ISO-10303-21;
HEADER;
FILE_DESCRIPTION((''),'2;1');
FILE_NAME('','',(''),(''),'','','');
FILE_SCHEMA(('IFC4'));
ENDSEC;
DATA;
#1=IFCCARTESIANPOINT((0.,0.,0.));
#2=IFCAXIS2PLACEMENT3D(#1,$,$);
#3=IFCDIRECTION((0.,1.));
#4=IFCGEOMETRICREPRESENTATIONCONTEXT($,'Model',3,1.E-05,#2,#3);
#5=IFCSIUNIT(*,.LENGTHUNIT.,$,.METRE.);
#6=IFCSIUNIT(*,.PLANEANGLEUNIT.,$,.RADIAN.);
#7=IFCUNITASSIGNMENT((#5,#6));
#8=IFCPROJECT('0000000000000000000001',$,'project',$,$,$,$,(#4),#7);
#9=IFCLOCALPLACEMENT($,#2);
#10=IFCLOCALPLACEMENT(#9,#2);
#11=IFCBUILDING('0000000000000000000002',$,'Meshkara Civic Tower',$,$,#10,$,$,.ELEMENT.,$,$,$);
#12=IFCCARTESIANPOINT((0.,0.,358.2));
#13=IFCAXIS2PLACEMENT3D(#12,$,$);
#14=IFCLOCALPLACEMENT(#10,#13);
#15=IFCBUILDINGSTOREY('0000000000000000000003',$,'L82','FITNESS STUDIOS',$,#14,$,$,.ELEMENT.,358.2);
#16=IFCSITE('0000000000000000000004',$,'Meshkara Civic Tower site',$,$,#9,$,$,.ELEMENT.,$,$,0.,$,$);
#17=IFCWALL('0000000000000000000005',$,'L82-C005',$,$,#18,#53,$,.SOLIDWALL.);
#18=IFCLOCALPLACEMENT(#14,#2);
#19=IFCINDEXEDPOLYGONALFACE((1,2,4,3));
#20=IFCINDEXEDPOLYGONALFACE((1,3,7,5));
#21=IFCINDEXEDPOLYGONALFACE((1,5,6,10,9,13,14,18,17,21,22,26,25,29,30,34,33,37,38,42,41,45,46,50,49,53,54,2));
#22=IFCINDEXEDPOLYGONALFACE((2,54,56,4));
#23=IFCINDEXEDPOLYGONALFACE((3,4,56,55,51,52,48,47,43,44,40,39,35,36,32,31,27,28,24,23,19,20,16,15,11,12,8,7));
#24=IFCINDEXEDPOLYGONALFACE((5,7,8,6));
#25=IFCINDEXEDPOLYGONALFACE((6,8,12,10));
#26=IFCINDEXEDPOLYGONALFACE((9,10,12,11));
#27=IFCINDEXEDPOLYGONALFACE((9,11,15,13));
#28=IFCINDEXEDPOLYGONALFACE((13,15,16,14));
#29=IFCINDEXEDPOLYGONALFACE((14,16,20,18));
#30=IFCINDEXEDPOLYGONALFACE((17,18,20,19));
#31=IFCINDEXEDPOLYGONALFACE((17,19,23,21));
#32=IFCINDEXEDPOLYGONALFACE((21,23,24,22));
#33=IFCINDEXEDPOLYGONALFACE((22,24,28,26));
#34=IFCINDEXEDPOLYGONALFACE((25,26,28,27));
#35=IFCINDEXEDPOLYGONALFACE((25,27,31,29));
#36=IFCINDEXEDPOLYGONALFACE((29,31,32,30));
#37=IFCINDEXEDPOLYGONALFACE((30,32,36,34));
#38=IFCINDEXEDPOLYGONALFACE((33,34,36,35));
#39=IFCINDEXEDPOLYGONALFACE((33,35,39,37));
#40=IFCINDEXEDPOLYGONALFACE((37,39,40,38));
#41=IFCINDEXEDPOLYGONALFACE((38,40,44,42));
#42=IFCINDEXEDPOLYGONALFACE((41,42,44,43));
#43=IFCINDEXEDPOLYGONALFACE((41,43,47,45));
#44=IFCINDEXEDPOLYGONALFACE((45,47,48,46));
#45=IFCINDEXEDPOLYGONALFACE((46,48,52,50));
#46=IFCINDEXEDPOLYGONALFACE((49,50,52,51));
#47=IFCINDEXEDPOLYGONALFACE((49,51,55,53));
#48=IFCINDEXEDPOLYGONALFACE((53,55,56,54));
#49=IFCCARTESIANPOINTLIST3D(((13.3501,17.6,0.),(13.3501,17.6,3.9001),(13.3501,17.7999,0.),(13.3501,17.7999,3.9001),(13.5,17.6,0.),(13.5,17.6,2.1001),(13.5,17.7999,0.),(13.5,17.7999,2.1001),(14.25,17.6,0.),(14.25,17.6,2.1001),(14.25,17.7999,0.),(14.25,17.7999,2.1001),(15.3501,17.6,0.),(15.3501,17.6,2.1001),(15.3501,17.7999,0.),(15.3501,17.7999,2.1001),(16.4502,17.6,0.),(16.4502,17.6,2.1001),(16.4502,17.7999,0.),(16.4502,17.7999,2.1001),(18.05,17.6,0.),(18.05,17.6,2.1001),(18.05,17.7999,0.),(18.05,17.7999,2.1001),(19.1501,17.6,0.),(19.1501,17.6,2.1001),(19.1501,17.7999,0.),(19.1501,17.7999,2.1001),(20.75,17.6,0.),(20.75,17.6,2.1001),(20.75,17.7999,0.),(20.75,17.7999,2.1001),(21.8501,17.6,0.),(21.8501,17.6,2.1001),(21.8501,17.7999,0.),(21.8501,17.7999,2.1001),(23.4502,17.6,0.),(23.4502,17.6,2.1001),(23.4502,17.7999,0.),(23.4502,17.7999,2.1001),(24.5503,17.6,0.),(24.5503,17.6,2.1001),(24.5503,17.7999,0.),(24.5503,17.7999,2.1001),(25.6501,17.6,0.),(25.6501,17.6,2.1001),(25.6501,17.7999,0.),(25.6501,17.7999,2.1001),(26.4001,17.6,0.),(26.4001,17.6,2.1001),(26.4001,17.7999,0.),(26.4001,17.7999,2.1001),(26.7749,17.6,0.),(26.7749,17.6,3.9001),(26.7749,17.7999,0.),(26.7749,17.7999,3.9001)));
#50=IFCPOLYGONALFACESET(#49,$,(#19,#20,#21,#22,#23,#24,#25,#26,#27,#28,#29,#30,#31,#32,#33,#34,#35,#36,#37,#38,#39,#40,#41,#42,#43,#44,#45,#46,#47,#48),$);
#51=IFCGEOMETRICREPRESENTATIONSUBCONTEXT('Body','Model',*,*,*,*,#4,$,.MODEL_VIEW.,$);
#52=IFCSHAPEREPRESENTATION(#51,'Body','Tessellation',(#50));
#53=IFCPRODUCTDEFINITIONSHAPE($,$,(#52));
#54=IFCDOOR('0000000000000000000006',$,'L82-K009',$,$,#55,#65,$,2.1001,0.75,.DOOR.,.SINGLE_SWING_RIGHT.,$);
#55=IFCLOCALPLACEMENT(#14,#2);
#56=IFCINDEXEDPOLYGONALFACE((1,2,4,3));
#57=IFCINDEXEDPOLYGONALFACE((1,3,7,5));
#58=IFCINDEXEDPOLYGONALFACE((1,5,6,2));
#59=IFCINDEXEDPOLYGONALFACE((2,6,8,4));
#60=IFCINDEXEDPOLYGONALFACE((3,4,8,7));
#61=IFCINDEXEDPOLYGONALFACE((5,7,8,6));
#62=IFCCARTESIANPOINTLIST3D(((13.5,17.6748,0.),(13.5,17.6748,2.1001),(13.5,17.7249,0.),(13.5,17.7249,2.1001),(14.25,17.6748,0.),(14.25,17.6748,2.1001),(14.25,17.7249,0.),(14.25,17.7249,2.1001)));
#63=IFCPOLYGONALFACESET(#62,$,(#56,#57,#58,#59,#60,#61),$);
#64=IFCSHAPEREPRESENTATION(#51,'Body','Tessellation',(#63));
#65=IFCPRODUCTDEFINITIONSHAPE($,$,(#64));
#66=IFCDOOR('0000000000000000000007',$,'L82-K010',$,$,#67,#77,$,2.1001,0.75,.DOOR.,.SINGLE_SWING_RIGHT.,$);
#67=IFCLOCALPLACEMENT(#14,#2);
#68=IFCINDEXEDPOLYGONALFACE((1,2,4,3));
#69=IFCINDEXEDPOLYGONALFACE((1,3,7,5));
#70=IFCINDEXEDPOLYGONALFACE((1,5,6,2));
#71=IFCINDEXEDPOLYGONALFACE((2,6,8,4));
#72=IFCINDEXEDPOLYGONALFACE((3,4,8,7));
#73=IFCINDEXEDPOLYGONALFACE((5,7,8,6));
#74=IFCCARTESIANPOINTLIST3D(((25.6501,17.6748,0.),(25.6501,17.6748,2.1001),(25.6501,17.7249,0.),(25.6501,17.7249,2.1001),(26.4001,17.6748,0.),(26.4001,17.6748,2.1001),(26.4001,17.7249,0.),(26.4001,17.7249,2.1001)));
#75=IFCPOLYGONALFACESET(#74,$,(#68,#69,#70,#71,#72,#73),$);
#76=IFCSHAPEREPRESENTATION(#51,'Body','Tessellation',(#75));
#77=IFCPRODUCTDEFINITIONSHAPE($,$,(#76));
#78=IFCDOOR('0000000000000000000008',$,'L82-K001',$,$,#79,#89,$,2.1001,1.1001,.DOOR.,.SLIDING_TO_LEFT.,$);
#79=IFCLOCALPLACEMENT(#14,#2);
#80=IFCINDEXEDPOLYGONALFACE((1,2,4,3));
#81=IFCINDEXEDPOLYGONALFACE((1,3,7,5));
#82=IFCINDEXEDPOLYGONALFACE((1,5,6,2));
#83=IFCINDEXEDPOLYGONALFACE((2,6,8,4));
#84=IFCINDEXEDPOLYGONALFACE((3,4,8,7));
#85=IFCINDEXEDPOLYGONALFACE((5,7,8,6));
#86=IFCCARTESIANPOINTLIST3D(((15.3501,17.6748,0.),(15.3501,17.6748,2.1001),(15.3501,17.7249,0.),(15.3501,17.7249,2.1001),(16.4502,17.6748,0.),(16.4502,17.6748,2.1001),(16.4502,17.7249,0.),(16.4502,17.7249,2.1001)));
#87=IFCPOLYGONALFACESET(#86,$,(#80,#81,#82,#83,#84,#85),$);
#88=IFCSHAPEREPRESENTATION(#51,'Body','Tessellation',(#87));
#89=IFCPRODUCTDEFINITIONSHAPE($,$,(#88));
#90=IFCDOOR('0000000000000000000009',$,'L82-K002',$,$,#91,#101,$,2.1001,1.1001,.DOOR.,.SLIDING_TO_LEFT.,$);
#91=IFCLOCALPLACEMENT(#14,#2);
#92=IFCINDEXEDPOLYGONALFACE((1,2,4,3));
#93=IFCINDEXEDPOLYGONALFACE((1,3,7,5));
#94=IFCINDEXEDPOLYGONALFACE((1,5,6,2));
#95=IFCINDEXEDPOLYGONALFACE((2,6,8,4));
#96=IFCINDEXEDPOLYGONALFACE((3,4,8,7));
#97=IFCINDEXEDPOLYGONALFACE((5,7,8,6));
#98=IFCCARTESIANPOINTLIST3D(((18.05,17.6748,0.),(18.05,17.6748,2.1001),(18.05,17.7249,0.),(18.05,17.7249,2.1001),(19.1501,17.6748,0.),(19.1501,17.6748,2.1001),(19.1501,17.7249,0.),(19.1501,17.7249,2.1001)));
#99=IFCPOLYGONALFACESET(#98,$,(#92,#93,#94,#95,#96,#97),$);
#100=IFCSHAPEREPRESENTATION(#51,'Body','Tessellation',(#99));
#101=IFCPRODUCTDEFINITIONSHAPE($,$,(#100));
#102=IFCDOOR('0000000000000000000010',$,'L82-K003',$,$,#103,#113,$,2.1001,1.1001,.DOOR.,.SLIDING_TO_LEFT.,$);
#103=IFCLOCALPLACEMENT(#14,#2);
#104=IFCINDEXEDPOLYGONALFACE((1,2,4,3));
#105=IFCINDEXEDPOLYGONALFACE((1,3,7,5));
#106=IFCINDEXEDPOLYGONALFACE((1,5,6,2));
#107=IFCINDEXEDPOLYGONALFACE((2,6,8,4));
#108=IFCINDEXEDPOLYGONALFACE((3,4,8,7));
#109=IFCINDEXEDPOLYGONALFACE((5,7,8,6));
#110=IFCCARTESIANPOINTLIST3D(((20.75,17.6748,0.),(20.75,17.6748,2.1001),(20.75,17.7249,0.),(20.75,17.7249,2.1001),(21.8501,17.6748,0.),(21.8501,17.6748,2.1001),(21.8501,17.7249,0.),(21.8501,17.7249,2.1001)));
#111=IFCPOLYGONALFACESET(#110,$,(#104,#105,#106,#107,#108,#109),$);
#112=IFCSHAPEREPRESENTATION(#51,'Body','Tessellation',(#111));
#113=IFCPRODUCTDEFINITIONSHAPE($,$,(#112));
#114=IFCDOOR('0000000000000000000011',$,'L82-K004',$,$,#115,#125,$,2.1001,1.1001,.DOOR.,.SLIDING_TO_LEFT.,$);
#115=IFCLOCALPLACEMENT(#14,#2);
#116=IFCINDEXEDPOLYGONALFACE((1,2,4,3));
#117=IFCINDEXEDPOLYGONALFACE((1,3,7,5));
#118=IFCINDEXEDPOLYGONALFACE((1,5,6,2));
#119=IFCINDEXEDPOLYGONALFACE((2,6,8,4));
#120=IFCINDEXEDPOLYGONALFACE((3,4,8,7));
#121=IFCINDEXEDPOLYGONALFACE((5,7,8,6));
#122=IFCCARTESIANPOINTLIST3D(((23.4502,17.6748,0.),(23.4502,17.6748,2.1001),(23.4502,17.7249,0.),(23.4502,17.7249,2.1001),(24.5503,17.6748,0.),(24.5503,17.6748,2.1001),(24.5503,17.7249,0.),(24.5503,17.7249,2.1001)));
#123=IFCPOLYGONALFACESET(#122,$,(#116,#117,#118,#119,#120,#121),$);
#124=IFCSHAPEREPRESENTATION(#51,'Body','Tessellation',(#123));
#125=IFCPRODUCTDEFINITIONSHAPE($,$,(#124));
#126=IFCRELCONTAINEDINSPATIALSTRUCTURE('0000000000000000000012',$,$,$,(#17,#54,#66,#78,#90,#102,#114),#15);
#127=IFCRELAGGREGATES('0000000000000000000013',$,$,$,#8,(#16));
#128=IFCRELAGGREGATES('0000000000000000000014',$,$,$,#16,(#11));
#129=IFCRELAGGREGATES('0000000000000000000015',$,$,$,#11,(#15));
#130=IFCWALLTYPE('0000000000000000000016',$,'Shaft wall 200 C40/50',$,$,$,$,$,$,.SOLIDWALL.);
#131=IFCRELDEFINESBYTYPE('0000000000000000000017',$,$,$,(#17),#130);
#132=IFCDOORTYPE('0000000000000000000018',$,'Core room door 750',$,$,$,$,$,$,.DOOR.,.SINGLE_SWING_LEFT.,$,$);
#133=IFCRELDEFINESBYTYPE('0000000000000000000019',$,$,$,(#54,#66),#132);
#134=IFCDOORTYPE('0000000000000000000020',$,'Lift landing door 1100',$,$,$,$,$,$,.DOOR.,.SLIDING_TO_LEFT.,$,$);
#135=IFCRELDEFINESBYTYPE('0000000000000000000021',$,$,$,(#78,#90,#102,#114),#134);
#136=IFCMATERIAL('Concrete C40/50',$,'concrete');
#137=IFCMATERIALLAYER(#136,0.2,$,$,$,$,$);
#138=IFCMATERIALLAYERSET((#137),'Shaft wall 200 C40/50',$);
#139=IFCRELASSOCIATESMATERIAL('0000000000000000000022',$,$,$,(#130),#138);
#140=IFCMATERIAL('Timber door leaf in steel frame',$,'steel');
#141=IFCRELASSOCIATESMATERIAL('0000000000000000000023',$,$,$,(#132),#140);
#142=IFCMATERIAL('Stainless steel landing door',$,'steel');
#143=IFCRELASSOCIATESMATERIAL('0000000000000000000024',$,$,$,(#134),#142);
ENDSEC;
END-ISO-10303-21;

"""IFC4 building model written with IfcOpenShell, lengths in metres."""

from ifc_helpers import new_model, si_unit, direction, frame, frame_2d, origin, place, context, subcontext, project, spatial, rectangle, extrude, material, layer, layer_set, type_object, element, fill, save


model = new_model("IFC4")

# Units and contexts
model_context = context("Model", 3, precision=1e-05, world=origin(), true_north=direction((0.0, 1.0)))
body_context = subcontext(model_context, "Body", "Model", "MODEL_VIEW")
ifc_project = project(units=[si_unit("LENGTHUNIT", "METRE"), si_unit("PLANEANGLEUNIT", "RADIAN")], contexts=[model_context])

# Site, building, storey
site_placement = place(None, origin())
site = spatial("IfcSite", under=ifc_project, at=site_placement, Name="Meshkara Civic Tower site", CompositionType="ELEMENT", RefElevation=0.0)
building_placement = place(site_placement, origin())
building = spatial("IfcBuilding", under=site, at=building_placement, Name="Meshkara Civic Tower", CompositionType="ELEMENT")
storey_placement = place(building_placement, frame((0.0, 0.0, 358.2)))
storey = spatial("IfcBuildingStorey", under=building, at=storey_placement, Name="L82", Description="FITNESS STUDIOS", CompositionType="ELEMENT", Elevation=358.2)

# Wall, openings, doors
ifc_material_1 = material(Name="Concrete C40/50", Category="concrete")
ifc_layer_1 = layer(ifc_material_1, 0.2)
ifc_layer_set_1 = layer_set([ifc_layer_1], Name="Shaft wall 200 C40/50")
wall_type_1 = type_object("IfcWallType", Name="Shaft wall 200 C40/50", PredefinedType="SOLIDWALL", material=ifc_layer_set_1)
wall_1_placement = place(storey_placement, frame((13.3501, 17.7, 0.0), z_axis=(0.0, 0.0, 1.0), x_axis=(1.0, 0.0, 0.0)))
wall_1 = element("IfcWall", 1, at=wall_1_placement, inside=storey, type_object=wall_type_1, Name="L82-C005", PredefinedType="SOLIDWALL", context=body_context, shape_type="SweptSolid", body=[
    extrude(rectangle(XDim=13.4248, YDim=0.2, at=frame_2d((6.7124, 0.0))), origin(), (0.0, 0.0, 1.0), 3.9001),
])
opening_1_placement = place(wall_1_placement, frame((2.0, 0.0, 0.0)))
opening_1 = element("IfcOpeningElement", 2, at=opening_1_placement, cuts=wall_1, PredefinedType="OPENING", context=body_context, shape_type="SweptSolid", body=[
    extrude(rectangle(XDim=1.1001, YDim=2.1001, at=frame_2d((0.55, 1.05))), frame((0.0, 0.1099, 0.0), z_axis=(0.0, -1.0, 0.0), x_axis=(1.0, 0.0, 0.0)), (0.0, 0.0, 1.0), 0.22),
])
opening_2_placement = place(wall_1_placement, frame((4.7, 0.0, 0.0)))
opening_2 = element("IfcOpeningElement", 3, at=opening_2_placement, cuts=wall_1, PredefinedType="OPENING", context=body_context, shape_type="SweptSolid", body=[
    extrude(rectangle(XDim=1.1001, YDim=2.1001, at=frame_2d((0.55, 1.05))), frame((0.0, 0.1099, 0.0), z_axis=(0.0, -1.0, 0.0), x_axis=(1.0, 0.0, 0.0)), (0.0, 0.0, 1.0), 0.22),
])
opening_3_placement = place(wall_1_placement, frame((7.3999, 0.0, 0.0)))
opening_3 = element("IfcOpeningElement", 4, at=opening_3_placement, cuts=wall_1, PredefinedType="OPENING", context=body_context, shape_type="SweptSolid", body=[
    extrude(rectangle(XDim=1.1001, YDim=2.1001, at=frame_2d((0.55, 1.05))), frame((0.0, 0.1099, 0.0), z_axis=(0.0, -1.0, 0.0), x_axis=(1.0, 0.0, 0.0)), (0.0, 0.0, 1.0), 0.22),
])
opening_4_placement = place(wall_1_placement, frame((10.1001, 0.0, 0.0)))
opening_4 = element("IfcOpeningElement", 5, at=opening_4_placement, cuts=wall_1, PredefinedType="OPENING", context=body_context, shape_type="SweptSolid", body=[
    extrude(rectangle(XDim=1.1001, YDim=2.1001, at=frame_2d((0.55, 1.05))), frame((0.0, 0.1099, 0.0), z_axis=(0.0, -1.0, 0.0), x_axis=(1.0, 0.0, 0.0)), (0.0, 0.0, 1.0), 0.22),
])
opening_5_placement = place(wall_1_placement, frame((0.1499, 0.0, 0.0)))
opening_5 = element("IfcOpeningElement", 6, at=opening_5_placement, cuts=wall_1, PredefinedType="OPENING", context=body_context, shape_type="SweptSolid", body=[
    extrude(rectangle(XDim=0.75, YDim=2.1001, at=frame_2d((0.375, 1.05))), frame((0.0, 0.1099, 0.0), z_axis=(0.0, -1.0, 0.0), x_axis=(1.0, 0.0, 0.0)), (0.0, 0.0, 1.0), 0.22),
])
opening_6_placement = place(wall_1_placement, frame((12.3, 0.0, 0.0)))
opening_6 = element("IfcOpeningElement", 7, at=opening_6_placement, cuts=wall_1, PredefinedType="OPENING", context=body_context, shape_type="SweptSolid", body=[
    extrude(rectangle(XDim=0.75, YDim=2.1001, at=frame_2d((0.375, 1.05))), frame((0.0, 0.1099, 0.0), z_axis=(0.0, -1.0, 0.0), x_axis=(1.0, 0.0, 0.0)), (0.0, 0.0, 1.0), 0.22),
])
ifc_material_2 = material(Name="Timber door leaf in steel frame", Category="steel")
door_type_1 = type_object("IfcDoorType", Name="Core room door 750", OperationType="SINGLE_SWING_LEFT", PredefinedType="DOOR", material=ifc_material_2)
door_1_placement = place(opening_5_placement, origin())
door_1 = element("IfcDoor", 8, at=door_1_placement, inside=storey, type_object=door_type_1, Name="L82-K009", OperationType="SINGLE_SWING_RIGHT", OverallHeight=2.1001, OverallWidth=0.75, PredefinedType="DOOR", context=body_context, shape_type="SweptSolid", body=[
    extrude(rectangle(XDim=0.75, YDim=2.1001, at=frame_2d((0.375, 1.05))), frame((0.0, 0.0249, 0.0), z_axis=(0.0, -1.0, 0.0), x_axis=(1.0, 0.0, 0.0)), (0.0, 0.0, 1.0), 0.05),
])
fill(opening_5, door_1)
door_2_placement = place(opening_6_placement, origin())
door_2 = element("IfcDoor", 9, at=door_2_placement, inside=storey, type_object=door_type_1, Name="L82-K010", OperationType="SINGLE_SWING_RIGHT", OverallHeight=2.1001, OverallWidth=0.75, PredefinedType="DOOR", context=body_context, shape_type="SweptSolid", body=[
    extrude(rectangle(XDim=0.75, YDim=2.1001, at=frame_2d((0.375, 1.05))), frame((0.0, 0.0249, 0.0), z_axis=(0.0, -1.0, 0.0), x_axis=(1.0, 0.0, 0.0)), (0.0, 0.0, 1.0), 0.05),
])
fill(opening_6, door_2)
ifc_material_3 = material(Name="Stainless steel landing door", Category="steel")
door_type_2 = type_object("IfcDoorType", Name="Lift landing door 1100", OperationType="SLIDING_TO_LEFT", PredefinedType="DOOR", material=ifc_material_3)
door_3_placement = place(opening_1_placement, origin())
door_3 = element("IfcDoor", 10, at=door_3_placement, inside=storey, type_object=door_type_2, Name="L82-K001", OperationType="SLIDING_TO_LEFT", OverallHeight=2.1001, OverallWidth=1.1001, PredefinedType="DOOR", context=body_context, shape_type="SweptSolid", body=[
    extrude(rectangle(XDim=1.1001, YDim=2.1001, at=frame_2d((0.55, 1.05))), frame((0.0, 0.0249, 0.0), z_axis=(0.0, -1.0, 0.0), x_axis=(1.0, 0.0, 0.0)), (0.0, 0.0, 1.0), 0.05),
])
fill(opening_1, door_3)
door_4_placement = place(opening_2_placement, origin())
door_4 = element("IfcDoor", 11, at=door_4_placement, inside=storey, type_object=door_type_2, Name="L82-K002", OperationType="SLIDING_TO_LEFT", OverallHeight=2.1001, OverallWidth=1.1001, PredefinedType="DOOR", context=body_context, shape_type="SweptSolid", body=[
    extrude(rectangle(XDim=1.1001, YDim=2.1001, at=frame_2d((0.55, 1.05))), frame((0.0, 0.0249, 0.0), z_axis=(0.0, -1.0, 0.0), x_axis=(1.0, 0.0, 0.0)), (0.0, 0.0, 1.0), 0.05),
])
fill(opening_2, door_4)
door_5_placement = place(opening_3_placement, origin())
door_5 = element("IfcDoor", 12, at=door_5_placement, inside=storey, type_object=door_type_2, Name="L82-K003", OperationType="SLIDING_TO_LEFT", OverallHeight=2.1001, OverallWidth=1.1001, PredefinedType="DOOR", context=body_context, shape_type="SweptSolid", body=[
    extrude(rectangle(XDim=1.1001, YDim=2.1001, at=frame_2d((0.55, 1.05))), frame((0.0, 0.0249, 0.0), z_axis=(0.0, -1.0, 0.0), x_axis=(1.0, 0.0, 0.0)), (0.0, 0.0, 1.0), 0.05),
])
fill(opening_3, door_5)
door_6_placement = place(opening_4_placement, origin())
door_6 = element("IfcDoor", 13, at=door_6_placement, inside=storey, type_object=door_type_2, Name="L82-K004", OperationType="SLIDING_TO_LEFT", OverallHeight=2.1001, OverallWidth=1.1001, PredefinedType="DOOR", context=body_context, shape_type="SweptSolid", body=[
    extrude(rectangle(XDim=1.1001, YDim=2.1001, at=frame_2d((0.55, 1.05))), frame((0.0, 0.0249, 0.0), z_axis=(0.0, -1.0, 0.0), x_axis=(1.0, 0.0, 0.0)), (0.0, 0.0, 1.0), 0.05),
])
fill(opening_4, door_6)

save(model, "model.ifc")
